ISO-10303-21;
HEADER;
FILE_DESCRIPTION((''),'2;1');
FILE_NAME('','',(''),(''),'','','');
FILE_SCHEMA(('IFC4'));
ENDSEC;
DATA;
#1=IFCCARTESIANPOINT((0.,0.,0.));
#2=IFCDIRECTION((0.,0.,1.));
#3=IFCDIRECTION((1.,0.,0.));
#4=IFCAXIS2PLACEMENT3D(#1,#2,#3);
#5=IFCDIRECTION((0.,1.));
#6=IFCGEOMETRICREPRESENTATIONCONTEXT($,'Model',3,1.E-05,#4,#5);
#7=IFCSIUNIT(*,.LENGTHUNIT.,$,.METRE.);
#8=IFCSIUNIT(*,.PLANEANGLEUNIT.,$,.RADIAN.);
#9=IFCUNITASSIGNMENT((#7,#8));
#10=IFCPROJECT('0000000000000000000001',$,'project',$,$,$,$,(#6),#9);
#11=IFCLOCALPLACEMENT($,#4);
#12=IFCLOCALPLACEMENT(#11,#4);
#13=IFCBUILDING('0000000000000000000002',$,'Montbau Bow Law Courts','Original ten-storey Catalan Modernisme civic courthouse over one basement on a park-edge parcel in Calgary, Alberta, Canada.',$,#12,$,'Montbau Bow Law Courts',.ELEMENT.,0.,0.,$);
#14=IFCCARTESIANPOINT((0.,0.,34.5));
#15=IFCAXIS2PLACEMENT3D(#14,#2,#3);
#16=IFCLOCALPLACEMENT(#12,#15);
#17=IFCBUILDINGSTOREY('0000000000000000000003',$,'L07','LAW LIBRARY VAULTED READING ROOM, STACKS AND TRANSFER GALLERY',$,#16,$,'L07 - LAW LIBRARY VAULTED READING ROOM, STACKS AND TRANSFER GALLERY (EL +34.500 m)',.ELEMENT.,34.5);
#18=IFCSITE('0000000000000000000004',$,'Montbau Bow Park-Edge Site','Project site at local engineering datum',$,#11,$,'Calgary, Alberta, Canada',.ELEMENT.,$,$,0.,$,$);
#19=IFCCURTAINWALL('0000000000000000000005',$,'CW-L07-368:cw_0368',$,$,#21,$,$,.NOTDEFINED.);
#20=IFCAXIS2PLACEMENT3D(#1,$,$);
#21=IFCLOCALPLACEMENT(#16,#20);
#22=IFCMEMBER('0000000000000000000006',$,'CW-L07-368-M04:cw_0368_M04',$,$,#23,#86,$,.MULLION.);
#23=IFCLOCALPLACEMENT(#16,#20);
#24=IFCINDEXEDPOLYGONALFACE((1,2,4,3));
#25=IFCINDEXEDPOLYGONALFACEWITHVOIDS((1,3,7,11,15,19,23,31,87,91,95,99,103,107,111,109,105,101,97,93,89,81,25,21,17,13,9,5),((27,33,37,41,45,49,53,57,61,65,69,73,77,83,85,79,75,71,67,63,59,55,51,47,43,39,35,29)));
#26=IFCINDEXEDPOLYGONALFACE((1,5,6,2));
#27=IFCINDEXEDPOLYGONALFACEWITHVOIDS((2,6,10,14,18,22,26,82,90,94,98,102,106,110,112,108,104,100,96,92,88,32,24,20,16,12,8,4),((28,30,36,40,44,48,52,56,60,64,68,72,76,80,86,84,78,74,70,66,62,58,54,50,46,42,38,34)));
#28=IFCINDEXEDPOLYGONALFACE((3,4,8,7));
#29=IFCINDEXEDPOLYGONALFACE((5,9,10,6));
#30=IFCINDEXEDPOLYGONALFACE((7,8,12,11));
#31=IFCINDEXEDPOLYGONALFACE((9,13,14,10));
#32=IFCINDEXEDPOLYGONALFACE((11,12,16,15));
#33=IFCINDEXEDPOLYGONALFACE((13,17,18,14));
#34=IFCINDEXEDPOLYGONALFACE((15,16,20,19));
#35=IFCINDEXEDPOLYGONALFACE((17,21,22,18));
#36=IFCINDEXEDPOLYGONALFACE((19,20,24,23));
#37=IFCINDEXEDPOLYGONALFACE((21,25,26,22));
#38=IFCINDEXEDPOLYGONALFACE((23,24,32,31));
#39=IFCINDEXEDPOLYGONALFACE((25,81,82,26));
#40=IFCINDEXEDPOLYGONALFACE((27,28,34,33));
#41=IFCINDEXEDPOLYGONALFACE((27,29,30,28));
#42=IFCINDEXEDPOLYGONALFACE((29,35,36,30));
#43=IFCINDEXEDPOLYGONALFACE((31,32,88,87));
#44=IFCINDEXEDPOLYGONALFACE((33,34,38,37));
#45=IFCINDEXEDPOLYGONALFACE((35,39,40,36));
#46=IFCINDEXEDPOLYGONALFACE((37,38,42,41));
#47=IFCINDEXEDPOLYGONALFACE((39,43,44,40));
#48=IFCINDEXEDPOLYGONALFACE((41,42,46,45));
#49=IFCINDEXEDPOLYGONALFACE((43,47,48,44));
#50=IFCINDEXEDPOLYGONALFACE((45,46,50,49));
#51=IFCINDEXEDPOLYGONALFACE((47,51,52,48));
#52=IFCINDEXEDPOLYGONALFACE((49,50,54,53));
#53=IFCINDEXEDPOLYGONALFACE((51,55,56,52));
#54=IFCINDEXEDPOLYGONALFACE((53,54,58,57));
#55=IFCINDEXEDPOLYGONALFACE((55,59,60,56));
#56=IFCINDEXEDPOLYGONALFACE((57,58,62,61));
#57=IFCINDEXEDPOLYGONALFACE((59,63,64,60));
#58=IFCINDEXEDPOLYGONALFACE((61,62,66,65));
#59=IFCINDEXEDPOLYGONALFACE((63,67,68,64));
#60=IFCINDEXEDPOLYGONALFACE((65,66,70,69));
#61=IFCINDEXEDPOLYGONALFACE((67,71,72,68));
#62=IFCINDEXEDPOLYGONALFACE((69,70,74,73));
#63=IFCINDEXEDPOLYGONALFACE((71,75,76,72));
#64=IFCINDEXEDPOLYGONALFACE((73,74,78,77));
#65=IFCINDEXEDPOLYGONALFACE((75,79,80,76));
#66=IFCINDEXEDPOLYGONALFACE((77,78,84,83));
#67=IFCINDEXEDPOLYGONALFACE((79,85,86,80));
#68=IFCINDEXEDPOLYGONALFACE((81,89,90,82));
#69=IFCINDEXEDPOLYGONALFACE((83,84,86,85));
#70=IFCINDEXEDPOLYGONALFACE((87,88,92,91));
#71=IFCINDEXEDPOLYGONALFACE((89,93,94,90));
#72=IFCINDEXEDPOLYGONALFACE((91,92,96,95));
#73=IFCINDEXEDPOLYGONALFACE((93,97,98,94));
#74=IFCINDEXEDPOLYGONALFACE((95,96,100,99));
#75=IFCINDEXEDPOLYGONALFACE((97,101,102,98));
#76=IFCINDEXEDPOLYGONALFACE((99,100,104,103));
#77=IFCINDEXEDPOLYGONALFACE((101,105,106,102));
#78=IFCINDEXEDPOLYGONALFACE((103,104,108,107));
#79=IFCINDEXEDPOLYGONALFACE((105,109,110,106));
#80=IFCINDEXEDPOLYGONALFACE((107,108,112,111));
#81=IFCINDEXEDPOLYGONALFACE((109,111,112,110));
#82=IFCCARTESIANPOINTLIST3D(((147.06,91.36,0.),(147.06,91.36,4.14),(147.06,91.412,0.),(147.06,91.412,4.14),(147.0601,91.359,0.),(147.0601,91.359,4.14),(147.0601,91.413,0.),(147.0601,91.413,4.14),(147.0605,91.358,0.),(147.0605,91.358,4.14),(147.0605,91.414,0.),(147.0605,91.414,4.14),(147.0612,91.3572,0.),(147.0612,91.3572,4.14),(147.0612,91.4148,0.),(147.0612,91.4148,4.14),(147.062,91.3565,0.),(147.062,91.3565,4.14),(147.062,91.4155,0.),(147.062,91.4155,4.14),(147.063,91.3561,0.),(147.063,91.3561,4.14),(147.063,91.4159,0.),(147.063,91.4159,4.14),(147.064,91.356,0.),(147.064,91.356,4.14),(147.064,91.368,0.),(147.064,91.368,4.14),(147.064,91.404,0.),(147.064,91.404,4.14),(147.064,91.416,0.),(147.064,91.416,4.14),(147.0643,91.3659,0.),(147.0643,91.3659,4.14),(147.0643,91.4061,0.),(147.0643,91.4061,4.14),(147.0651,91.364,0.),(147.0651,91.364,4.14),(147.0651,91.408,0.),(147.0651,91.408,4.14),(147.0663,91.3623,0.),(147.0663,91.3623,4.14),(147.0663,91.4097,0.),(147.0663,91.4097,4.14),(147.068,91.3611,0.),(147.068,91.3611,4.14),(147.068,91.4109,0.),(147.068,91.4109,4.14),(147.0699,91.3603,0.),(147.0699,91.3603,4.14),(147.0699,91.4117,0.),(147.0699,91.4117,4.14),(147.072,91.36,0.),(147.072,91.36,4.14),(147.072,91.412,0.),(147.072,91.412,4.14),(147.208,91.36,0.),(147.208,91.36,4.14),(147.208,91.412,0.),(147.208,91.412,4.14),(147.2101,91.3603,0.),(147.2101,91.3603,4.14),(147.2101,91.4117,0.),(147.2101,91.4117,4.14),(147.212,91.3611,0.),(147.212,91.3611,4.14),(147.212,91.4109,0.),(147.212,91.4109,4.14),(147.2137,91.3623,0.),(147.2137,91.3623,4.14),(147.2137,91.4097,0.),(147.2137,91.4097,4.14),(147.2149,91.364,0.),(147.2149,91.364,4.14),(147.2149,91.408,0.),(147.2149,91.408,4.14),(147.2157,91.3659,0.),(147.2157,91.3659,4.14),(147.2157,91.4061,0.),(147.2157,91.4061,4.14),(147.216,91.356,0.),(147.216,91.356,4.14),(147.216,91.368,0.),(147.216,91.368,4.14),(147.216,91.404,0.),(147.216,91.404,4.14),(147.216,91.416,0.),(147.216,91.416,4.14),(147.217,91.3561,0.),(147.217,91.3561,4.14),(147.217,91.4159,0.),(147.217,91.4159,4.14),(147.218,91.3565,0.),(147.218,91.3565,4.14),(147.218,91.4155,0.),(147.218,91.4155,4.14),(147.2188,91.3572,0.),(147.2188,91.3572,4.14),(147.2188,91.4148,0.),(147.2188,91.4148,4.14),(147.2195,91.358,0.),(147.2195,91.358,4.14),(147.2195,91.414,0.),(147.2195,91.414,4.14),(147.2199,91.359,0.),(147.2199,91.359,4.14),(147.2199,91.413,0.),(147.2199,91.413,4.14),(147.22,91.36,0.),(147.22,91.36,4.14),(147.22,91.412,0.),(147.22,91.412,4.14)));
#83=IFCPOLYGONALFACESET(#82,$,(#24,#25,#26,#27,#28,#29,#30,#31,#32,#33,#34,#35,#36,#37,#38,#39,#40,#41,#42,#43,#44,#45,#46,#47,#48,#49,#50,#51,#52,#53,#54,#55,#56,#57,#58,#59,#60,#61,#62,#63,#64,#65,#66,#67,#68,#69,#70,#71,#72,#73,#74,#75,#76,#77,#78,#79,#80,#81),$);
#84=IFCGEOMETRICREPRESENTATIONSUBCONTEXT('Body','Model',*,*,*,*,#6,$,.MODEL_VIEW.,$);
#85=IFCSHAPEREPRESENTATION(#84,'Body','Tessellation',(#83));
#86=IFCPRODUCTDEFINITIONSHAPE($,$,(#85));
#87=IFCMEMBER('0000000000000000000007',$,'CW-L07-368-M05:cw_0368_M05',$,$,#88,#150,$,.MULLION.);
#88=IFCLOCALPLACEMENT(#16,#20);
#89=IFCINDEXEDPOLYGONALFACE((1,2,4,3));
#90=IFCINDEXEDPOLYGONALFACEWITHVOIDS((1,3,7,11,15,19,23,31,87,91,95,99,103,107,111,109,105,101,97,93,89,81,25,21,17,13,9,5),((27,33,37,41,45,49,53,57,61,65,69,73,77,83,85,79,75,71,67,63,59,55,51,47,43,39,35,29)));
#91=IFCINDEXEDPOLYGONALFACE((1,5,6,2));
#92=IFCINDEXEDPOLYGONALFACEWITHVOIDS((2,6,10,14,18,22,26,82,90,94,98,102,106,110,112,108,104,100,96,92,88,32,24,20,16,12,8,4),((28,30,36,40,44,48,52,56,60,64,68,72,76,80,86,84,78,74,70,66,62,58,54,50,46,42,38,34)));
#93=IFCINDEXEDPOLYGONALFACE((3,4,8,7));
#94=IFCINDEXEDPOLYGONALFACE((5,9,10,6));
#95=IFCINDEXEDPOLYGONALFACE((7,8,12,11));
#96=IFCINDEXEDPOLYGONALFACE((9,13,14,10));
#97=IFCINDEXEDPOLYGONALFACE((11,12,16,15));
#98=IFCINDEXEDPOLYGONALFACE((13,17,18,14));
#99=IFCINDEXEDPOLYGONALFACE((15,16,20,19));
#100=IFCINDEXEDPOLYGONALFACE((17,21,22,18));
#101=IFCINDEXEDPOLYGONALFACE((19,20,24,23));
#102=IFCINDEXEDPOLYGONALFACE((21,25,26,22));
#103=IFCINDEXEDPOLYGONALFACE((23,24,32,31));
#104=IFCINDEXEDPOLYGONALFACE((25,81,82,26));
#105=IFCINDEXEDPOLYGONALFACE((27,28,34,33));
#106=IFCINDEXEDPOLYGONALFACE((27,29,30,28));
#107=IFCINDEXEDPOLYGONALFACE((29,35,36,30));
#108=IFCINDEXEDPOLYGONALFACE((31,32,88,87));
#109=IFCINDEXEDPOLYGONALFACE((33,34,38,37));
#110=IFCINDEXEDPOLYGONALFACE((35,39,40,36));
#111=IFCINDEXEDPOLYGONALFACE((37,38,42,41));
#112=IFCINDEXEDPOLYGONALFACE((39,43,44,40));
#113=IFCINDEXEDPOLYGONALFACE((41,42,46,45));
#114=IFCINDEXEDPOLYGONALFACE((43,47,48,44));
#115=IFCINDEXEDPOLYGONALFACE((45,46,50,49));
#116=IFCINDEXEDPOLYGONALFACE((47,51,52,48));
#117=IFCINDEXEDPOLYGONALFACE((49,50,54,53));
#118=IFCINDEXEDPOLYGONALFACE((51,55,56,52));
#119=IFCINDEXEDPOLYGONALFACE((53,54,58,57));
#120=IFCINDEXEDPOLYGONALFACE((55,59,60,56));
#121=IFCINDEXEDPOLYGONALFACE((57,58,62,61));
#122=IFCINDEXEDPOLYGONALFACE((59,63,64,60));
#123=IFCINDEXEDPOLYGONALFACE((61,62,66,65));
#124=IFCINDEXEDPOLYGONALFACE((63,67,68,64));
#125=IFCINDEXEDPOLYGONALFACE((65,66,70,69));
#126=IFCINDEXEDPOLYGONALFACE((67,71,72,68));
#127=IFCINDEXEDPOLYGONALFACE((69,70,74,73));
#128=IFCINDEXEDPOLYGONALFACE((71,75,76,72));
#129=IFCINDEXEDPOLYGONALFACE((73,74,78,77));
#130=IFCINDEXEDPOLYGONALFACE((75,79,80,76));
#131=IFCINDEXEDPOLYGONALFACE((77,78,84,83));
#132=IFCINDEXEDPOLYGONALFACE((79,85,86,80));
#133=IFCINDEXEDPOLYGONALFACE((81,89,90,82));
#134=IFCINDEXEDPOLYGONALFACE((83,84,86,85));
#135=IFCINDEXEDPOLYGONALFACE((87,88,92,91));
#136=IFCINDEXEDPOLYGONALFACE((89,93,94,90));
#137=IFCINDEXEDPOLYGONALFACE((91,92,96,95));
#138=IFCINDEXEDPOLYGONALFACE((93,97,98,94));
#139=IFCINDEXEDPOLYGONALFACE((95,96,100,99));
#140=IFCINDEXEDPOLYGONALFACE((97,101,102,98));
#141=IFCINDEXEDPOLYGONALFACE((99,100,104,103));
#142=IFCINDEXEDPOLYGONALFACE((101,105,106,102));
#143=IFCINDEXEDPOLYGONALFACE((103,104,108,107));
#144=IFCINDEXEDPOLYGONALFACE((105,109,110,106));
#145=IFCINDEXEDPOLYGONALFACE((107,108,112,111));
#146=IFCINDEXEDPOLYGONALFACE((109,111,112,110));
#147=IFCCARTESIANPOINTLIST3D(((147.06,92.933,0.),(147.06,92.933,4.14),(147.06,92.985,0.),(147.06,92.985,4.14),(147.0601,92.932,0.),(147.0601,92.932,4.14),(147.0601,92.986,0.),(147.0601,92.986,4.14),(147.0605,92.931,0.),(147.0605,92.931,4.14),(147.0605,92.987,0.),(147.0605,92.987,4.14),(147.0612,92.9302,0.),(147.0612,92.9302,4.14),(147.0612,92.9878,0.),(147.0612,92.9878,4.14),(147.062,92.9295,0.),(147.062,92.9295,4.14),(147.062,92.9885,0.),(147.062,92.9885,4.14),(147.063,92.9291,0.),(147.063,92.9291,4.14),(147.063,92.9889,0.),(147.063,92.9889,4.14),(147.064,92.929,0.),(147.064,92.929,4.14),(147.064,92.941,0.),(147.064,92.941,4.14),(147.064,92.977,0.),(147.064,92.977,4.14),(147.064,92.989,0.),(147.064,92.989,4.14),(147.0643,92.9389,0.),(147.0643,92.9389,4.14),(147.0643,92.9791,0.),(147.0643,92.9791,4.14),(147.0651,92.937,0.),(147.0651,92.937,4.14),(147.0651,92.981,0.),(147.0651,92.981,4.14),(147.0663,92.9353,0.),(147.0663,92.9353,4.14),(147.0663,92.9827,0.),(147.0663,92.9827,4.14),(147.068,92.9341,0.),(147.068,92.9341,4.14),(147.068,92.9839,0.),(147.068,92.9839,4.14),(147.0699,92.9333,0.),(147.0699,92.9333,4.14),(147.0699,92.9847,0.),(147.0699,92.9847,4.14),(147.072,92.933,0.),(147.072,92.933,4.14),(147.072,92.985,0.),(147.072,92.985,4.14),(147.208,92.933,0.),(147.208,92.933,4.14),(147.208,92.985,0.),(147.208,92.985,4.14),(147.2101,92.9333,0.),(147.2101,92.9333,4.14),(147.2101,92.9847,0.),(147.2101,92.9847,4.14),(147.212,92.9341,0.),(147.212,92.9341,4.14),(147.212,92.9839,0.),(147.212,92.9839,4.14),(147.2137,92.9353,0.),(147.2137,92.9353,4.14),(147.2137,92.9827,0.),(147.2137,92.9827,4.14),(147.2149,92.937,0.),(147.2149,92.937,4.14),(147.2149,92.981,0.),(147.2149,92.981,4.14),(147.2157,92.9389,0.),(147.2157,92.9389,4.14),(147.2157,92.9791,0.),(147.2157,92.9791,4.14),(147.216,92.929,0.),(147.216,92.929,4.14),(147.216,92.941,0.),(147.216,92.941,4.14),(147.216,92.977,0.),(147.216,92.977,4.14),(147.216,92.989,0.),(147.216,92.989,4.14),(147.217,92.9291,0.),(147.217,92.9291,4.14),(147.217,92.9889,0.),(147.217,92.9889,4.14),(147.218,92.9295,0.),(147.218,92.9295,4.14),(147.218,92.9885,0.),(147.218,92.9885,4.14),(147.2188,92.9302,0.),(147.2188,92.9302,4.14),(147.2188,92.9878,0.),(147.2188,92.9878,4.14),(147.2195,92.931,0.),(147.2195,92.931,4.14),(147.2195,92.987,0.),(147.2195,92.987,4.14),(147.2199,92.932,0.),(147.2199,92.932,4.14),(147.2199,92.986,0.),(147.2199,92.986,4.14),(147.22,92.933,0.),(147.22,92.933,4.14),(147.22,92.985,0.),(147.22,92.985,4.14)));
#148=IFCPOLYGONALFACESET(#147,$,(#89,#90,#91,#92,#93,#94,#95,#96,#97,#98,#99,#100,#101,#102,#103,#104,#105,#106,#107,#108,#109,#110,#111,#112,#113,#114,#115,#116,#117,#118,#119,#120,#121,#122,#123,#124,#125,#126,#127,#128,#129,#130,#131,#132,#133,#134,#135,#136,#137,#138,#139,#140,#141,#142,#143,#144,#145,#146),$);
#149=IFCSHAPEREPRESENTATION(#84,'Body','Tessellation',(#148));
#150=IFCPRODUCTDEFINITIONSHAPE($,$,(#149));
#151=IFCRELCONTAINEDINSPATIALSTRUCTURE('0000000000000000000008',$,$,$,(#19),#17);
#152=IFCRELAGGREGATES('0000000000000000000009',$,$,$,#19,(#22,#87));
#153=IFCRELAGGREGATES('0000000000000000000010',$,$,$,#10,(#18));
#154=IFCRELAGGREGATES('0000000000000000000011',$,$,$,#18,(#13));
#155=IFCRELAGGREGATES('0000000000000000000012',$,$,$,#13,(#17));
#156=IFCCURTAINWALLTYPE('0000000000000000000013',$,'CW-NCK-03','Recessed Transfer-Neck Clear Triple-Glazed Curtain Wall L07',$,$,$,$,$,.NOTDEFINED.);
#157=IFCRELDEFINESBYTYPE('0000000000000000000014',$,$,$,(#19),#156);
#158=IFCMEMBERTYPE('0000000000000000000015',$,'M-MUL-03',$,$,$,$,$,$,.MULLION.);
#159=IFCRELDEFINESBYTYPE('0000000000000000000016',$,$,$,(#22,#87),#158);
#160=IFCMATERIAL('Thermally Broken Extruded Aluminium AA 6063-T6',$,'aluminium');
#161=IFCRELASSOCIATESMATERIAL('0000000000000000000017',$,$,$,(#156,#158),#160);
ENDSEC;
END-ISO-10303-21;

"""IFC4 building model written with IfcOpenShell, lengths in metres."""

from ifc_helpers import new_model, si_unit, direction, frame, origin_with_axes, origin_2d_with_axis, place, context, subcontext, project, spatial, hollow_rectangle, extrude, material, material_profile, profile_set, type_object, element, aggregate, save


model = new_model("IFC4")

# Units and contexts
model_context = context("Model", 3, precision=1e-05, world=origin_with_axes(), true_north=direction((0.0, 1.0)))
body_context = subcontext(model_context, "Body", "Model", "MODEL_VIEW")
ifc_project = project(units=[si_unit("LENGTHUNIT", "METRE"), si_unit("PLANEANGLEUNIT", "RADIAN")], contexts=[model_context])

# Site, building, storey
site_placement = place(None, origin_with_axes())
site = spatial("IfcSite", under=ifc_project, at=site_placement, Name="Montbau Bow Park-Edge Site", Description="Project site at local engineering datum", LongName="Calgary, Alberta, Canada", CompositionType="ELEMENT", RefElevation=0.0)
building_placement = place(site_placement, origin_with_axes())
building = spatial("IfcBuilding", under=site, at=building_placement, Name="Montbau Bow Law Courts", Description="Original ten-storey Catalan Modernisme civic courthouse over one basement on a park-edge parcel in Calgary, Alberta, Canada.", LongName="Montbau Bow Law Courts", CompositionType="ELEMENT", ElevationOfRefHeight=0.0, ElevationOfTerrain=0.0)
storey_placement = place(building_placement, frame((0.0, 0.0, 34.5), z_axis=(0.0, 0.0, 1.0), x_axis=(1.0, 0.0, 0.0)))
storey = spatial("IfcBuildingStorey", under=building, at=storey_placement, Name="L07", Description="LAW LIBRARY VAULTED READING ROOM, STACKS AND TRANSFER GALLERY", LongName="L07 - LAW LIBRARY VAULTED READING ROOM, STACKS AND TRANSFER GALLERY (EL +34.500 m)", CompositionType="ELEMENT", Elevation=34.5)

# Curtain wall, members
ifc_material_1 = material(Name="Thermally Broken Extruded Aluminium AA 6063-T6", Category="aluminium")
curtain_wall_type = type_object("IfcCurtainWallType", Name="CW-NCK-03", Description="Recessed Transfer-Neck Clear Triple-Glazed Curtain Wall L07", PredefinedType="NOTDEFINED", material=ifc_material_1)
curtain_wall_placement = place(None, frame((147.14, 86.668, 34.5), z_axis=(0.0, 0.0, 1.0), x_axis=(1.0, 0.0, 0.0)))
curtain_wall = element("IfcCurtainWall", 1, at=curtain_wall_placement, inside=storey, type_object=curtain_wall_type, Name="CW-L07-368:cw_0368", PredefinedType="NOTDEFINED")
ifc_material_profile_1 = material_profile(ifc_material_1, hollow_rectangle(XDim=0.06, YDim=0.16, WallThickness=0.004, InnerFilletRadius=0.008, OuterFilletRadius=0.004, at=origin_2d_with_axis()), Name="CWM-160X60", Category="Main", Priority=0)
ifc_profile_set_1 = profile_set([ifc_material_profile_1], Name="Thermally Broken Extruded Aluminium AA 6063-T6")
member_type_1 = type_object("IfcMemberType", Name="M-MUL-03", PredefinedType="MULLION", material=ifc_profile_set_1)
member_1_placement = place(None, frame((147.14, 91.386, 34.5), z_axis=(0.0, 0.0, 1.0), x_axis=(0.0, 1.0, 0.0)))
member_1 = element("IfcMember", 2, at=member_1_placement, type_object=member_type_1, Name="CW-L07-368-M04:cw_0368_M04", PredefinedType="MULLION", context=body_context, shape_type="SweptSolid", body=[
    extrude(hollow_rectangle(XDim=0.06, YDim=0.16, WallThickness=0.004, InnerFilletRadius=0.008, OuterFilletRadius=0.004, at=origin_2d_with_axis()), origin_with_axes(), (0.0, 0.0, 1.0), 4.14),
])
member_2_placement = place(None, frame((147.14, 92.959, 34.5), z_axis=(0.0, 0.0, 1.0), x_axis=(0.0, 1.0, 0.0)))
member_2 = element("IfcMember", 3, at=member_2_placement, type_object=member_type_1, Name="CW-L07-368-M05:cw_0368_M05", PredefinedType="MULLION", context=body_context, shape_type="SweptSolid", body=[
    extrude(hollow_rectangle(XDim=0.06, YDim=0.16, WallThickness=0.004, InnerFilletRadius=0.008, OuterFilletRadius=0.004, at=origin_2d_with_axis()), origin_with_axes(), (0.0, 0.0, 1.0), 4.14),
])
aggregate(curtain_wall, [member_1, member_2])

save(model, "model.ifc")
